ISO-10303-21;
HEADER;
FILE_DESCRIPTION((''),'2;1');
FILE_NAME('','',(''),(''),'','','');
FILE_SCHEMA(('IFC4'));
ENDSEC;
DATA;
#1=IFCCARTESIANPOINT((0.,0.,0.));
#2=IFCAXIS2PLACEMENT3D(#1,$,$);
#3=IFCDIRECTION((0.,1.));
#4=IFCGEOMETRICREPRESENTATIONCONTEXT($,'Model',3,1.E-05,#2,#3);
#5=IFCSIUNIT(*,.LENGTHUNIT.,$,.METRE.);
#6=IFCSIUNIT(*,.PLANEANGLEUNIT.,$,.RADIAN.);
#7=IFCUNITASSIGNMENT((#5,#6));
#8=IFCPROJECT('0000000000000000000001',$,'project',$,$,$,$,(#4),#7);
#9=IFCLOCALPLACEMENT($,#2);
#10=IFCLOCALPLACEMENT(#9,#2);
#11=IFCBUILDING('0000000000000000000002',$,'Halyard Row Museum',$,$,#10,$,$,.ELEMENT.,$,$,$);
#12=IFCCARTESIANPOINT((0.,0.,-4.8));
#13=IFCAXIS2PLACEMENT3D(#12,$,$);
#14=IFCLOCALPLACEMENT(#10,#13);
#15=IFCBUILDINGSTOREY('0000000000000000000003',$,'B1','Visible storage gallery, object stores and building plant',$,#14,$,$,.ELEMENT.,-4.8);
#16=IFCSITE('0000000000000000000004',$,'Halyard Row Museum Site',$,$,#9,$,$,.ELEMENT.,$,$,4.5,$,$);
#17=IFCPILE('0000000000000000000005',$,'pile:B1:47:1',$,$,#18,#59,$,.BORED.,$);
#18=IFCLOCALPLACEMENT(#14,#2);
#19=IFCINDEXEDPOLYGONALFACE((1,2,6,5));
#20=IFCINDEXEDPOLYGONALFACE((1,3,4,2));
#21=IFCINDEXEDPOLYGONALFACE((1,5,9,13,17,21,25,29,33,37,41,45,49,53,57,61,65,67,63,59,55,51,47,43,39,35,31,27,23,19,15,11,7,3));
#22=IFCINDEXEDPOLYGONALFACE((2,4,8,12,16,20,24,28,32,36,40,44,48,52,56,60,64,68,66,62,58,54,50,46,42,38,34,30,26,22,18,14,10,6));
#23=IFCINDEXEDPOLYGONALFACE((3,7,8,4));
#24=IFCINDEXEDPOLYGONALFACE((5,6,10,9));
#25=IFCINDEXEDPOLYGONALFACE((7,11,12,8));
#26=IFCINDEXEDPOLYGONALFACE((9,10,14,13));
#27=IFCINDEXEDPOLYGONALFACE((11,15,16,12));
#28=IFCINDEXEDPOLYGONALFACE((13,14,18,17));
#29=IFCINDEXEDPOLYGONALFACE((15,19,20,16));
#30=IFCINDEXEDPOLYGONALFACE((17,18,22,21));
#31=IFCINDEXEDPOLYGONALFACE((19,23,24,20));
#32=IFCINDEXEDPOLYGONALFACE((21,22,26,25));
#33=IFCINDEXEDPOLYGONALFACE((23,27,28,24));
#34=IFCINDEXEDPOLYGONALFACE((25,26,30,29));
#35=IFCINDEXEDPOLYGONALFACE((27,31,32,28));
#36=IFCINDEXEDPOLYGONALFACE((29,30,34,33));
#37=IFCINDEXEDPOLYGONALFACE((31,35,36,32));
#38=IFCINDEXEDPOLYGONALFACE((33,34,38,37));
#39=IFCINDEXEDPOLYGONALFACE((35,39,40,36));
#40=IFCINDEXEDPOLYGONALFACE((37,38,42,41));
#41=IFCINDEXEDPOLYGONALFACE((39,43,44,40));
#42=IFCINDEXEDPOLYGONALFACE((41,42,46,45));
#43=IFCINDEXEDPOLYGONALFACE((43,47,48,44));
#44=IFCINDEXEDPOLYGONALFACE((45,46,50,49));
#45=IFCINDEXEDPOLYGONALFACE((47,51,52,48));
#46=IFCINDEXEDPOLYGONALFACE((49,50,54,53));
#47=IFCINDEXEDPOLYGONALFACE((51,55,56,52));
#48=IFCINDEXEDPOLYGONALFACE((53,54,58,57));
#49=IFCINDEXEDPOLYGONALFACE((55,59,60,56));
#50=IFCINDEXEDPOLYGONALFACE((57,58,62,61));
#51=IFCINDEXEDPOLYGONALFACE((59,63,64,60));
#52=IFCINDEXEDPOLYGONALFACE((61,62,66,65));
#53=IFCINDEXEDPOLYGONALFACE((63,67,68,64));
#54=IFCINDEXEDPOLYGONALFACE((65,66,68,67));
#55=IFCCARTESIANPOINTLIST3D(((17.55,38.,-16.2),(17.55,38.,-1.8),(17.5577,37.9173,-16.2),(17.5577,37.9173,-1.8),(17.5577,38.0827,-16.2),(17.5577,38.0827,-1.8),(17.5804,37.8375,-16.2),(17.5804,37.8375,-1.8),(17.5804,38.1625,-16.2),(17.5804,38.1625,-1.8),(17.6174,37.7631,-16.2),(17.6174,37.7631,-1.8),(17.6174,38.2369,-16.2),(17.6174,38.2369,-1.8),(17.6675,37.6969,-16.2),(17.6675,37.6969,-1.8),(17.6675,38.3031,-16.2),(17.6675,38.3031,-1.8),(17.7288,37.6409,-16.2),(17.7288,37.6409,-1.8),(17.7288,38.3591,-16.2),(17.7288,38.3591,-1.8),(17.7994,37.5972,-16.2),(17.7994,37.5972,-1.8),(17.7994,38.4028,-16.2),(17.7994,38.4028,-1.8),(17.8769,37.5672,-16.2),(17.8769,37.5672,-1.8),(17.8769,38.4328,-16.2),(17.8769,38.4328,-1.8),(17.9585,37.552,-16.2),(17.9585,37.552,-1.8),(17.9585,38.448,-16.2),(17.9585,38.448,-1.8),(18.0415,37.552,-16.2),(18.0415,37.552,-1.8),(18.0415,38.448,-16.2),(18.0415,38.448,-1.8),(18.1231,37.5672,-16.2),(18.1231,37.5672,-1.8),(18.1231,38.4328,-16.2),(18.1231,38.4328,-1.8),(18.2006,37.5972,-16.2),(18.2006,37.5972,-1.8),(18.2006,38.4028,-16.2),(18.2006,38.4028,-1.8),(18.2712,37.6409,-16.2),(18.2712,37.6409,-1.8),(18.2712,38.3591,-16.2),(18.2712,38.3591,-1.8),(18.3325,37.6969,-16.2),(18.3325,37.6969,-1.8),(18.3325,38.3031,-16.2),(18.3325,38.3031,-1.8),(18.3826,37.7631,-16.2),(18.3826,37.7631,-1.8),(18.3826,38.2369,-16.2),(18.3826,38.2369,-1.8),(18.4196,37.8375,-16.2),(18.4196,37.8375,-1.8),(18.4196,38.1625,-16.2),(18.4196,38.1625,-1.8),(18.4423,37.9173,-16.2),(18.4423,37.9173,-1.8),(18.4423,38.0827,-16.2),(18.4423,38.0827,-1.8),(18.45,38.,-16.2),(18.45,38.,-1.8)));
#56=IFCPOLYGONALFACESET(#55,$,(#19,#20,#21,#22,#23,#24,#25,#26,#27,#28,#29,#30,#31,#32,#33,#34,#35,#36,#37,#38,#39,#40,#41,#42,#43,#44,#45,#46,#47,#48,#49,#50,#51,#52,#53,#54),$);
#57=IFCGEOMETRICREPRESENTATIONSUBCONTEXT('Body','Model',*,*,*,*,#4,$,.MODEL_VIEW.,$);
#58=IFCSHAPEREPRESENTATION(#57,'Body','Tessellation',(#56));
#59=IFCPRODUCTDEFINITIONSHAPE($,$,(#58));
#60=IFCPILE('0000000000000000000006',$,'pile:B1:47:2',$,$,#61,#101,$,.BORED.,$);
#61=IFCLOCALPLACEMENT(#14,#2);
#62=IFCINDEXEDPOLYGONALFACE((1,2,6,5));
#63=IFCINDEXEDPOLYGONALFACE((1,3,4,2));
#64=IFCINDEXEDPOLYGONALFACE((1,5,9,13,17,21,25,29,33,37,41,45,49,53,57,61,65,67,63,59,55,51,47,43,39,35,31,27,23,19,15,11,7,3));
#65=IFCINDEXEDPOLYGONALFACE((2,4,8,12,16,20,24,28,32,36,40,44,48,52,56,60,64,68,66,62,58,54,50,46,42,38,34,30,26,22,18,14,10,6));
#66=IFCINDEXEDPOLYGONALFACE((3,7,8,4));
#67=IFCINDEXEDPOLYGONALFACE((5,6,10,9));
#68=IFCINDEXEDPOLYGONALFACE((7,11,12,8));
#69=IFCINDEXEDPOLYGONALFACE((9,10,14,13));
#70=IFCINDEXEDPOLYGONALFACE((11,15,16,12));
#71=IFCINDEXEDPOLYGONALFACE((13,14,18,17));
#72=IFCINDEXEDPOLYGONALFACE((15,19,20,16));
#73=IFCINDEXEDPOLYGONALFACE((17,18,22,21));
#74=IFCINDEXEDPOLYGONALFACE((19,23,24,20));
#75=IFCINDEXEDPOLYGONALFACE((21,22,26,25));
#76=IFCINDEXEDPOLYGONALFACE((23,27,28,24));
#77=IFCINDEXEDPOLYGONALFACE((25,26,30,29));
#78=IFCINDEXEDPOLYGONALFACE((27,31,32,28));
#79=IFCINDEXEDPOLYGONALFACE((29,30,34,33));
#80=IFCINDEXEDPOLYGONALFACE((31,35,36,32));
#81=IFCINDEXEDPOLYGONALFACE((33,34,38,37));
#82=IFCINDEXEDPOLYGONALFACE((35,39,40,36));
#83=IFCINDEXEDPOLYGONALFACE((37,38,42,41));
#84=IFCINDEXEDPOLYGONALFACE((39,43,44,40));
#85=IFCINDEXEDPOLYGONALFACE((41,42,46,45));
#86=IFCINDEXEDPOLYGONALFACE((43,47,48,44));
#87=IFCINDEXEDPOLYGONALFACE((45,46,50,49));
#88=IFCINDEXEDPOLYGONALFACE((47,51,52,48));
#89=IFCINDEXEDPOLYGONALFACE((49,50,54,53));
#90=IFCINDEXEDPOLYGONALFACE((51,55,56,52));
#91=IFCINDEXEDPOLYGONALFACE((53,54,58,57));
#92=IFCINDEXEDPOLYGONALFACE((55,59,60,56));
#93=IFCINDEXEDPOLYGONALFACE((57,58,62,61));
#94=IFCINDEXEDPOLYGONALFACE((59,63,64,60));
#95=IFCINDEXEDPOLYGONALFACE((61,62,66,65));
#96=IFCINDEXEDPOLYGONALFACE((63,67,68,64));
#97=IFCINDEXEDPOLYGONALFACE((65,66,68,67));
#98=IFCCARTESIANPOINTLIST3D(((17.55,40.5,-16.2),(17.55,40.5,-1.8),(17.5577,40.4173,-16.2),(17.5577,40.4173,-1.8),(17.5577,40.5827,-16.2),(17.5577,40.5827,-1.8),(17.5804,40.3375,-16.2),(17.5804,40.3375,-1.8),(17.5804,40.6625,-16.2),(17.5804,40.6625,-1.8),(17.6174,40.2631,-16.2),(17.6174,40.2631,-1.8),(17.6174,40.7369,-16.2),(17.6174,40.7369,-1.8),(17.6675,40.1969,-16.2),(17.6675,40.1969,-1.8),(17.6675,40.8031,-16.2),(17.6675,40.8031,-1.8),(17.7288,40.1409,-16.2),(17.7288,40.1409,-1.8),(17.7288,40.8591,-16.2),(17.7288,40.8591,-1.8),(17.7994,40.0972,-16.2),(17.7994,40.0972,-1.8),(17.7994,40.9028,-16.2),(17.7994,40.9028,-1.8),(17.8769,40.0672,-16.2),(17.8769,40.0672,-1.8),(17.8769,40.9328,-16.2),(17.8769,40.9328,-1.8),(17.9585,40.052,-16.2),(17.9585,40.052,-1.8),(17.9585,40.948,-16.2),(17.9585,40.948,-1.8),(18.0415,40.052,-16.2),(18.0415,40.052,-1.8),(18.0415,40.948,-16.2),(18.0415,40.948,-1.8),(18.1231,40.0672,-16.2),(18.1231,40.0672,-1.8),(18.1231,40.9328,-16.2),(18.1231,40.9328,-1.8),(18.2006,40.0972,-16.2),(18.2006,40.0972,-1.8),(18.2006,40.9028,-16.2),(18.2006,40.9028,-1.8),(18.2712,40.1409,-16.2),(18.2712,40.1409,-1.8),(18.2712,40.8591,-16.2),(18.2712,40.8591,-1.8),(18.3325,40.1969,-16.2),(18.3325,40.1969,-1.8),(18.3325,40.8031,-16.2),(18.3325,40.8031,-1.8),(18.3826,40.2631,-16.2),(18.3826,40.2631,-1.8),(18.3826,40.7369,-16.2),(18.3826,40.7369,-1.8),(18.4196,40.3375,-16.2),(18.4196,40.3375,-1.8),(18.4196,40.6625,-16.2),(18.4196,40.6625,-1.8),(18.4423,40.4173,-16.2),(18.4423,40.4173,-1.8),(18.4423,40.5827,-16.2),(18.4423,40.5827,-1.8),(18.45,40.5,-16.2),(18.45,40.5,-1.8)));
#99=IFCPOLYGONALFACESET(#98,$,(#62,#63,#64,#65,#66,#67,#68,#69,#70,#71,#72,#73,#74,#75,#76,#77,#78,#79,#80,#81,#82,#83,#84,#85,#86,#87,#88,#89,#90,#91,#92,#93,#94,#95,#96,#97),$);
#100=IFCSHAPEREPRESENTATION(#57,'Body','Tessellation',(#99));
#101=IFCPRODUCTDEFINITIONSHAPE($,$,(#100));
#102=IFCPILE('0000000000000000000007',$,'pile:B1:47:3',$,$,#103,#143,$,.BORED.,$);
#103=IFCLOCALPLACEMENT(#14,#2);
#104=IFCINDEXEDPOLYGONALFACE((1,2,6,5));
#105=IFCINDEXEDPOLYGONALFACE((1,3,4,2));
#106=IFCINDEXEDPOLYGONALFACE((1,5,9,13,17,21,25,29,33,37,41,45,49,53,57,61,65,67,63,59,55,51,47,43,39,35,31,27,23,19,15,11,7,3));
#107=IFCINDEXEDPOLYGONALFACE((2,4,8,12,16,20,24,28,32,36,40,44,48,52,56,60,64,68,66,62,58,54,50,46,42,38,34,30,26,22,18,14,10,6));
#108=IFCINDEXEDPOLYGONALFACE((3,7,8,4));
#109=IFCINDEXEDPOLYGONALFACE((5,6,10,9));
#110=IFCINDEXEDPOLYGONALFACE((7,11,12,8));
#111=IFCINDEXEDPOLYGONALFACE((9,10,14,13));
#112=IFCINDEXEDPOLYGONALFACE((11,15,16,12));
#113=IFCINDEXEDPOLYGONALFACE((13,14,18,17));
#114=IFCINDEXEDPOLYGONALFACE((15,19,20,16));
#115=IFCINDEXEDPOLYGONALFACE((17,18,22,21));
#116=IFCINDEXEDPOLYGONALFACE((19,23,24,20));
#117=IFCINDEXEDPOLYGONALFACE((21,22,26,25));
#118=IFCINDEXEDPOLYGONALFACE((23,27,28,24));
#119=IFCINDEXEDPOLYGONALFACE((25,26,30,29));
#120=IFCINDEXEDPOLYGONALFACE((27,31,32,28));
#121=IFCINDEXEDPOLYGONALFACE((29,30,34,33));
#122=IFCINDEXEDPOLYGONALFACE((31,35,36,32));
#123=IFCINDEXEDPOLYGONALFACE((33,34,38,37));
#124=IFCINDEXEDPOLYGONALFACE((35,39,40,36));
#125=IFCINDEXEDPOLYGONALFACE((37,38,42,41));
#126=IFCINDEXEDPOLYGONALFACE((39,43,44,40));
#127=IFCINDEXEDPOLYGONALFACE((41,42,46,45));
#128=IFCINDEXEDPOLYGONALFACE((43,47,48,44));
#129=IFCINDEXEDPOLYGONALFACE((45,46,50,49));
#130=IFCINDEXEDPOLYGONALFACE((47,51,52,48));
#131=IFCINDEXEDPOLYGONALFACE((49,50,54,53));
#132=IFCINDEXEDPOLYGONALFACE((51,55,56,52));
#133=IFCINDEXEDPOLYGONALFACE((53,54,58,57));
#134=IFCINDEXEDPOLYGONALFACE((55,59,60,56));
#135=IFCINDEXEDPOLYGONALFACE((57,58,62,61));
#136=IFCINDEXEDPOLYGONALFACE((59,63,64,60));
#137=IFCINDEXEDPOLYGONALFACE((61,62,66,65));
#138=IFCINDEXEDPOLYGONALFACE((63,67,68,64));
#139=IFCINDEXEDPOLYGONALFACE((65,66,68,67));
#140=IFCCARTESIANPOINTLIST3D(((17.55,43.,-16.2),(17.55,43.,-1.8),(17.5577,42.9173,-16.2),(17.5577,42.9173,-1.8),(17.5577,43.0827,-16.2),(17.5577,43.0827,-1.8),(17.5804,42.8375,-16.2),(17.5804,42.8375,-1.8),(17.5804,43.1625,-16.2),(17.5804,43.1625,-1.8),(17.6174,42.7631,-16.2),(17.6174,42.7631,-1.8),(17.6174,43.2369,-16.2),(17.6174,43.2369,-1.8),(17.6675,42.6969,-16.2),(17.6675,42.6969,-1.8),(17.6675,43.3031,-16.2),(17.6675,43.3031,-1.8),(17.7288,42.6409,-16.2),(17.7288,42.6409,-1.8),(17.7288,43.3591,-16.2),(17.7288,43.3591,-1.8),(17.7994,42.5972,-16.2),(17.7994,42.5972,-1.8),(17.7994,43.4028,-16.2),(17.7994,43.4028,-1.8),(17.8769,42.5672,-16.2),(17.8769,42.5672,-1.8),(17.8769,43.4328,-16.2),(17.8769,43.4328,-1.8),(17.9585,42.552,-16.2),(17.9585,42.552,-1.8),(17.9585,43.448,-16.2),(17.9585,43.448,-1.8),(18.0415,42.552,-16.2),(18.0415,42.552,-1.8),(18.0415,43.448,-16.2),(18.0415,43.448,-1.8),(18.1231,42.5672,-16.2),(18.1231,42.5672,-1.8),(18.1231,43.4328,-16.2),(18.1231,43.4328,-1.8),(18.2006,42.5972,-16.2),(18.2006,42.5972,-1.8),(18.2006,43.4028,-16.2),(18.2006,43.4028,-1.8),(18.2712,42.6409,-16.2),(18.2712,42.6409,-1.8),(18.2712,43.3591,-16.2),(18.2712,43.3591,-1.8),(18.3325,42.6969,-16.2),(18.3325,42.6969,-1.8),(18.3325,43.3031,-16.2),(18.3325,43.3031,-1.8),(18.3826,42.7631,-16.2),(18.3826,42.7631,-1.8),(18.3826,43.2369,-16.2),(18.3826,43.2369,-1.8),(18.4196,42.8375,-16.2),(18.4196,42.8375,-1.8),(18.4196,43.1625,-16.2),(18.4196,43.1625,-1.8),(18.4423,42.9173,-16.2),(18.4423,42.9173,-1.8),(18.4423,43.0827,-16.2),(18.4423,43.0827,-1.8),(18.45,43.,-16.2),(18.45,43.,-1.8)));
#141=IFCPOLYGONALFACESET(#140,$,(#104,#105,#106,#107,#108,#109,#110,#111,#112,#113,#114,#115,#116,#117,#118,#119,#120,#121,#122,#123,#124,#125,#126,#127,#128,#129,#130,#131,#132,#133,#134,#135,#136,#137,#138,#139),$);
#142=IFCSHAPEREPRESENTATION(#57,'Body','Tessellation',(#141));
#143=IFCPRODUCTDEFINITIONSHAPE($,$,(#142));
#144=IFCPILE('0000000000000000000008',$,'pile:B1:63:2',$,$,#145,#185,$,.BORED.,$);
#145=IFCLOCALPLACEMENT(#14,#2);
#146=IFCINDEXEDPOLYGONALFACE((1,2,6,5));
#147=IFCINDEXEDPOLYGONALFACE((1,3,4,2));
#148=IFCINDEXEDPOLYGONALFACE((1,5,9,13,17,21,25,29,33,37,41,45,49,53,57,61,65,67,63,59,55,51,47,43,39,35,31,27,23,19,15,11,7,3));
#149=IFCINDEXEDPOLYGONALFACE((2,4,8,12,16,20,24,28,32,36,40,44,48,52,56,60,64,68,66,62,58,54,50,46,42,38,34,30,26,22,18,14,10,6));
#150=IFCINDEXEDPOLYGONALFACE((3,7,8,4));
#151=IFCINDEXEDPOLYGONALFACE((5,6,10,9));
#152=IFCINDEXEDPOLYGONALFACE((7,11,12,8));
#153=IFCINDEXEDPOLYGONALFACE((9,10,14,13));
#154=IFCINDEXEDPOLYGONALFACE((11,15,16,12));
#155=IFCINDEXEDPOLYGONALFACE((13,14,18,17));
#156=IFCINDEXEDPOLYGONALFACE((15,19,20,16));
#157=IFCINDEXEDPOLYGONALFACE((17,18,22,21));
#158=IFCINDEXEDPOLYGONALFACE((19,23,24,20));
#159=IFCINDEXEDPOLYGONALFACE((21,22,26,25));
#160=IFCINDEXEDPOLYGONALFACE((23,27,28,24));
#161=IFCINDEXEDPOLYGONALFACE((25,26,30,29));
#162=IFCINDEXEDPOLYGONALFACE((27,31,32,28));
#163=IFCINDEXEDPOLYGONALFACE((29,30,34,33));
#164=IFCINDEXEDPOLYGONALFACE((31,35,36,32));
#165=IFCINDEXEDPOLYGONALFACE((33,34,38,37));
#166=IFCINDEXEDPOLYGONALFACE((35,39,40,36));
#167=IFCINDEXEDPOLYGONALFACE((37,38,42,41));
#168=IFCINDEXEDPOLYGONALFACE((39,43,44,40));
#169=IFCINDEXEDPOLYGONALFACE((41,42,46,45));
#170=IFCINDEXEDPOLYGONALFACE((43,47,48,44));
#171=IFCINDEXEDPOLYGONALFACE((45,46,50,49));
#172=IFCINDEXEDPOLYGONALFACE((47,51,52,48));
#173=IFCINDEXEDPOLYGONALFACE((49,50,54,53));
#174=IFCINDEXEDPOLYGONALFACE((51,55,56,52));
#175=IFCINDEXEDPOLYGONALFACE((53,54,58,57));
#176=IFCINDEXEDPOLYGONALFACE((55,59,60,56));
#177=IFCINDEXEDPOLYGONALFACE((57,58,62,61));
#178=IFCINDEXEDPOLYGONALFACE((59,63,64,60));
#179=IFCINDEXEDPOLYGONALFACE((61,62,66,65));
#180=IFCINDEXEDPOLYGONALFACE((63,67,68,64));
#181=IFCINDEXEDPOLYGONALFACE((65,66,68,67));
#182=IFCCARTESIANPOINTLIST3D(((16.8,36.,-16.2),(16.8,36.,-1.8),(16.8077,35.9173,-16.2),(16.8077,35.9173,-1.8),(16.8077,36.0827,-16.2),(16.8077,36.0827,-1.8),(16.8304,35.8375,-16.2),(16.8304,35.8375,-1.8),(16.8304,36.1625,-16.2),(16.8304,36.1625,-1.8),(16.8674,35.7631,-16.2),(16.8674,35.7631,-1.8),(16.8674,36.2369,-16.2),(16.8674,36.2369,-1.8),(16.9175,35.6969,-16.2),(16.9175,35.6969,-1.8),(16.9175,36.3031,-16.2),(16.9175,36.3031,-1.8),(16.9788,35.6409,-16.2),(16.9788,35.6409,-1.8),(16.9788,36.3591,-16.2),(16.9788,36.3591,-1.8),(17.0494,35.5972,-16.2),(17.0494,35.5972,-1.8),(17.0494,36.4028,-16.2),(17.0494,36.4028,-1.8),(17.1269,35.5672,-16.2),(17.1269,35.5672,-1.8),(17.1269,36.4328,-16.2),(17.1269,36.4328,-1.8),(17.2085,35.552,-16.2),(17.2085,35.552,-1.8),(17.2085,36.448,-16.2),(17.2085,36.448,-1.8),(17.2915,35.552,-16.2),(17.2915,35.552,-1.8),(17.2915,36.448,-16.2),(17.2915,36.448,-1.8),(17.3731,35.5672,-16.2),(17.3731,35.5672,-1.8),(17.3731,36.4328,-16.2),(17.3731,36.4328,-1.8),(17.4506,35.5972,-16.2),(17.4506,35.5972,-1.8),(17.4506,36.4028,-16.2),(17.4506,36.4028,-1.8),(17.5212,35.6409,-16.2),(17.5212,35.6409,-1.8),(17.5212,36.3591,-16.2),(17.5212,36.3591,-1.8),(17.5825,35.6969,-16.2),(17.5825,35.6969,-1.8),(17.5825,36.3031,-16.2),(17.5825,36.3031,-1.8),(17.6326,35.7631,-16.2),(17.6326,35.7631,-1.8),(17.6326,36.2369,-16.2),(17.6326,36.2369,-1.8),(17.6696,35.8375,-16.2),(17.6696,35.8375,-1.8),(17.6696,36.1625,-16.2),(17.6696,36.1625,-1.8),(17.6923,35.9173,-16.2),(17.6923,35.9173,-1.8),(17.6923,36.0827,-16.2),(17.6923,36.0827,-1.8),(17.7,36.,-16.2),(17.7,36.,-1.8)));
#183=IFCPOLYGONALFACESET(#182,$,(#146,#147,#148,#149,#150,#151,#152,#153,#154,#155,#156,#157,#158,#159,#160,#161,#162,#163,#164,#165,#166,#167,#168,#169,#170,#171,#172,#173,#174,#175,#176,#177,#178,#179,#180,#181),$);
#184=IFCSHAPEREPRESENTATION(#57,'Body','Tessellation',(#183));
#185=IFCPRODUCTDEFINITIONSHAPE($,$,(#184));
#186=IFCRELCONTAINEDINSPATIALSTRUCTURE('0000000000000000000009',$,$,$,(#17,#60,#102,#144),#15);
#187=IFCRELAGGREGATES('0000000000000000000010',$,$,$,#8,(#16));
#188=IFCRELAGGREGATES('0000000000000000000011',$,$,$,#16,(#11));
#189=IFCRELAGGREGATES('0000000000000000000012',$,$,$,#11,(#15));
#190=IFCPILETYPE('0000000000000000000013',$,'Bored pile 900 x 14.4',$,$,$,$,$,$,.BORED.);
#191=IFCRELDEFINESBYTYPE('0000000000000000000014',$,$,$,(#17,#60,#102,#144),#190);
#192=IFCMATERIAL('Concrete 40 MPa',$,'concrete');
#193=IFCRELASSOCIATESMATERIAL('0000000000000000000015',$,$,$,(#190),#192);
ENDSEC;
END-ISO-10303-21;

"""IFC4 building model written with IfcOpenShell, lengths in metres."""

from ifc_helpers import new_model, si_unit, direction, frame, origin, origin_2d, place, context, subcontext, project, spatial, circle, extrude, material, material_profile, profile_set, type_object, element, save


model = new_model("IFC4")

# Units and contexts
model_context = context("Model", 3, precision=1e-05, world=origin(), true_north=direction((0.0, 1.0)))
body_context = subcontext(model_context, "Body", "Model", "MODEL_VIEW")
ifc_project = project(units=[si_unit("LENGTHUNIT", "METRE"), si_unit("PLANEANGLEUNIT", "RADIAN")], contexts=[model_context])

# Site, building, storey
site_placement = place(None, origin())
site = spatial("IfcSite", under=ifc_project, at=site_placement, Name="Halyard Row Museum Site", CompositionType="ELEMENT", RefElevation=4.5)
building_placement = place(site_placement, origin())
building = spatial("IfcBuilding", under=site, at=building_placement, Name="Halyard Row Museum", CompositionType="ELEMENT")
storey_placement = place(building_placement, frame((0.0, 0.0, -4.8)))
storey = spatial("IfcBuildingStorey", under=building, at=storey_placement, Name="B1", Description="Visible storage gallery, object stores and building plant", CompositionType="ELEMENT", Elevation=-4.8)

# Piles
ifc_material_1 = material(Name="Concrete 40 MPa", Category="concrete")
ifc_material_profile_1 = material_profile(ifc_material_1, circle(Radius=0.45, at=origin_2d()), Name="Bored pile 900 x 14.4")
ifc_profile_set_1 = profile_set([ifc_material_profile_1], Name="Concrete 40 MPa")
pile_type_1 = type_object("IfcPileType", Name="Bored pile 900 x 14.4", PredefinedType="BORED", material=ifc_profile_set_1)
for number, where, z_axis, x_axis, name in (
    (1, (18.0, 38.0, -1.8), (0.0, 0.0, -1.0), (1.0, 0.0, 0.0), "pile:B1:47:1"),
    (2, (18.0, 40.5, -1.8), (0.0, 0.0, -1.0), (1.0, 0.0, 0.0), "pile:B1:47:2"),
    (3, (18.0, 43.0, -1.8), (0.0, 0.0, -1.0), (1.0, 0.0, 0.0), "pile:B1:47:3"),
    (4, (17.25, 36.0, -1.8), (0.0, 0.0, -1.0), (1.0, 0.0, 0.0), "pile:B1:63:2"),
):
    element("IfcPile", number, at=place(storey_placement, frame(where, z_axis=z_axis, x_axis=x_axis)), inside=storey, type_object=pile_type_1, Name=name, PredefinedType="BORED", context=body_context, shape_type="SweptSolid", body=[
        extrude(circle(Radius=0.45, at=origin_2d()), origin(), (0.0, 0.0, 1.0), 14.3999),
    ])

save(model, "model.ifc")
